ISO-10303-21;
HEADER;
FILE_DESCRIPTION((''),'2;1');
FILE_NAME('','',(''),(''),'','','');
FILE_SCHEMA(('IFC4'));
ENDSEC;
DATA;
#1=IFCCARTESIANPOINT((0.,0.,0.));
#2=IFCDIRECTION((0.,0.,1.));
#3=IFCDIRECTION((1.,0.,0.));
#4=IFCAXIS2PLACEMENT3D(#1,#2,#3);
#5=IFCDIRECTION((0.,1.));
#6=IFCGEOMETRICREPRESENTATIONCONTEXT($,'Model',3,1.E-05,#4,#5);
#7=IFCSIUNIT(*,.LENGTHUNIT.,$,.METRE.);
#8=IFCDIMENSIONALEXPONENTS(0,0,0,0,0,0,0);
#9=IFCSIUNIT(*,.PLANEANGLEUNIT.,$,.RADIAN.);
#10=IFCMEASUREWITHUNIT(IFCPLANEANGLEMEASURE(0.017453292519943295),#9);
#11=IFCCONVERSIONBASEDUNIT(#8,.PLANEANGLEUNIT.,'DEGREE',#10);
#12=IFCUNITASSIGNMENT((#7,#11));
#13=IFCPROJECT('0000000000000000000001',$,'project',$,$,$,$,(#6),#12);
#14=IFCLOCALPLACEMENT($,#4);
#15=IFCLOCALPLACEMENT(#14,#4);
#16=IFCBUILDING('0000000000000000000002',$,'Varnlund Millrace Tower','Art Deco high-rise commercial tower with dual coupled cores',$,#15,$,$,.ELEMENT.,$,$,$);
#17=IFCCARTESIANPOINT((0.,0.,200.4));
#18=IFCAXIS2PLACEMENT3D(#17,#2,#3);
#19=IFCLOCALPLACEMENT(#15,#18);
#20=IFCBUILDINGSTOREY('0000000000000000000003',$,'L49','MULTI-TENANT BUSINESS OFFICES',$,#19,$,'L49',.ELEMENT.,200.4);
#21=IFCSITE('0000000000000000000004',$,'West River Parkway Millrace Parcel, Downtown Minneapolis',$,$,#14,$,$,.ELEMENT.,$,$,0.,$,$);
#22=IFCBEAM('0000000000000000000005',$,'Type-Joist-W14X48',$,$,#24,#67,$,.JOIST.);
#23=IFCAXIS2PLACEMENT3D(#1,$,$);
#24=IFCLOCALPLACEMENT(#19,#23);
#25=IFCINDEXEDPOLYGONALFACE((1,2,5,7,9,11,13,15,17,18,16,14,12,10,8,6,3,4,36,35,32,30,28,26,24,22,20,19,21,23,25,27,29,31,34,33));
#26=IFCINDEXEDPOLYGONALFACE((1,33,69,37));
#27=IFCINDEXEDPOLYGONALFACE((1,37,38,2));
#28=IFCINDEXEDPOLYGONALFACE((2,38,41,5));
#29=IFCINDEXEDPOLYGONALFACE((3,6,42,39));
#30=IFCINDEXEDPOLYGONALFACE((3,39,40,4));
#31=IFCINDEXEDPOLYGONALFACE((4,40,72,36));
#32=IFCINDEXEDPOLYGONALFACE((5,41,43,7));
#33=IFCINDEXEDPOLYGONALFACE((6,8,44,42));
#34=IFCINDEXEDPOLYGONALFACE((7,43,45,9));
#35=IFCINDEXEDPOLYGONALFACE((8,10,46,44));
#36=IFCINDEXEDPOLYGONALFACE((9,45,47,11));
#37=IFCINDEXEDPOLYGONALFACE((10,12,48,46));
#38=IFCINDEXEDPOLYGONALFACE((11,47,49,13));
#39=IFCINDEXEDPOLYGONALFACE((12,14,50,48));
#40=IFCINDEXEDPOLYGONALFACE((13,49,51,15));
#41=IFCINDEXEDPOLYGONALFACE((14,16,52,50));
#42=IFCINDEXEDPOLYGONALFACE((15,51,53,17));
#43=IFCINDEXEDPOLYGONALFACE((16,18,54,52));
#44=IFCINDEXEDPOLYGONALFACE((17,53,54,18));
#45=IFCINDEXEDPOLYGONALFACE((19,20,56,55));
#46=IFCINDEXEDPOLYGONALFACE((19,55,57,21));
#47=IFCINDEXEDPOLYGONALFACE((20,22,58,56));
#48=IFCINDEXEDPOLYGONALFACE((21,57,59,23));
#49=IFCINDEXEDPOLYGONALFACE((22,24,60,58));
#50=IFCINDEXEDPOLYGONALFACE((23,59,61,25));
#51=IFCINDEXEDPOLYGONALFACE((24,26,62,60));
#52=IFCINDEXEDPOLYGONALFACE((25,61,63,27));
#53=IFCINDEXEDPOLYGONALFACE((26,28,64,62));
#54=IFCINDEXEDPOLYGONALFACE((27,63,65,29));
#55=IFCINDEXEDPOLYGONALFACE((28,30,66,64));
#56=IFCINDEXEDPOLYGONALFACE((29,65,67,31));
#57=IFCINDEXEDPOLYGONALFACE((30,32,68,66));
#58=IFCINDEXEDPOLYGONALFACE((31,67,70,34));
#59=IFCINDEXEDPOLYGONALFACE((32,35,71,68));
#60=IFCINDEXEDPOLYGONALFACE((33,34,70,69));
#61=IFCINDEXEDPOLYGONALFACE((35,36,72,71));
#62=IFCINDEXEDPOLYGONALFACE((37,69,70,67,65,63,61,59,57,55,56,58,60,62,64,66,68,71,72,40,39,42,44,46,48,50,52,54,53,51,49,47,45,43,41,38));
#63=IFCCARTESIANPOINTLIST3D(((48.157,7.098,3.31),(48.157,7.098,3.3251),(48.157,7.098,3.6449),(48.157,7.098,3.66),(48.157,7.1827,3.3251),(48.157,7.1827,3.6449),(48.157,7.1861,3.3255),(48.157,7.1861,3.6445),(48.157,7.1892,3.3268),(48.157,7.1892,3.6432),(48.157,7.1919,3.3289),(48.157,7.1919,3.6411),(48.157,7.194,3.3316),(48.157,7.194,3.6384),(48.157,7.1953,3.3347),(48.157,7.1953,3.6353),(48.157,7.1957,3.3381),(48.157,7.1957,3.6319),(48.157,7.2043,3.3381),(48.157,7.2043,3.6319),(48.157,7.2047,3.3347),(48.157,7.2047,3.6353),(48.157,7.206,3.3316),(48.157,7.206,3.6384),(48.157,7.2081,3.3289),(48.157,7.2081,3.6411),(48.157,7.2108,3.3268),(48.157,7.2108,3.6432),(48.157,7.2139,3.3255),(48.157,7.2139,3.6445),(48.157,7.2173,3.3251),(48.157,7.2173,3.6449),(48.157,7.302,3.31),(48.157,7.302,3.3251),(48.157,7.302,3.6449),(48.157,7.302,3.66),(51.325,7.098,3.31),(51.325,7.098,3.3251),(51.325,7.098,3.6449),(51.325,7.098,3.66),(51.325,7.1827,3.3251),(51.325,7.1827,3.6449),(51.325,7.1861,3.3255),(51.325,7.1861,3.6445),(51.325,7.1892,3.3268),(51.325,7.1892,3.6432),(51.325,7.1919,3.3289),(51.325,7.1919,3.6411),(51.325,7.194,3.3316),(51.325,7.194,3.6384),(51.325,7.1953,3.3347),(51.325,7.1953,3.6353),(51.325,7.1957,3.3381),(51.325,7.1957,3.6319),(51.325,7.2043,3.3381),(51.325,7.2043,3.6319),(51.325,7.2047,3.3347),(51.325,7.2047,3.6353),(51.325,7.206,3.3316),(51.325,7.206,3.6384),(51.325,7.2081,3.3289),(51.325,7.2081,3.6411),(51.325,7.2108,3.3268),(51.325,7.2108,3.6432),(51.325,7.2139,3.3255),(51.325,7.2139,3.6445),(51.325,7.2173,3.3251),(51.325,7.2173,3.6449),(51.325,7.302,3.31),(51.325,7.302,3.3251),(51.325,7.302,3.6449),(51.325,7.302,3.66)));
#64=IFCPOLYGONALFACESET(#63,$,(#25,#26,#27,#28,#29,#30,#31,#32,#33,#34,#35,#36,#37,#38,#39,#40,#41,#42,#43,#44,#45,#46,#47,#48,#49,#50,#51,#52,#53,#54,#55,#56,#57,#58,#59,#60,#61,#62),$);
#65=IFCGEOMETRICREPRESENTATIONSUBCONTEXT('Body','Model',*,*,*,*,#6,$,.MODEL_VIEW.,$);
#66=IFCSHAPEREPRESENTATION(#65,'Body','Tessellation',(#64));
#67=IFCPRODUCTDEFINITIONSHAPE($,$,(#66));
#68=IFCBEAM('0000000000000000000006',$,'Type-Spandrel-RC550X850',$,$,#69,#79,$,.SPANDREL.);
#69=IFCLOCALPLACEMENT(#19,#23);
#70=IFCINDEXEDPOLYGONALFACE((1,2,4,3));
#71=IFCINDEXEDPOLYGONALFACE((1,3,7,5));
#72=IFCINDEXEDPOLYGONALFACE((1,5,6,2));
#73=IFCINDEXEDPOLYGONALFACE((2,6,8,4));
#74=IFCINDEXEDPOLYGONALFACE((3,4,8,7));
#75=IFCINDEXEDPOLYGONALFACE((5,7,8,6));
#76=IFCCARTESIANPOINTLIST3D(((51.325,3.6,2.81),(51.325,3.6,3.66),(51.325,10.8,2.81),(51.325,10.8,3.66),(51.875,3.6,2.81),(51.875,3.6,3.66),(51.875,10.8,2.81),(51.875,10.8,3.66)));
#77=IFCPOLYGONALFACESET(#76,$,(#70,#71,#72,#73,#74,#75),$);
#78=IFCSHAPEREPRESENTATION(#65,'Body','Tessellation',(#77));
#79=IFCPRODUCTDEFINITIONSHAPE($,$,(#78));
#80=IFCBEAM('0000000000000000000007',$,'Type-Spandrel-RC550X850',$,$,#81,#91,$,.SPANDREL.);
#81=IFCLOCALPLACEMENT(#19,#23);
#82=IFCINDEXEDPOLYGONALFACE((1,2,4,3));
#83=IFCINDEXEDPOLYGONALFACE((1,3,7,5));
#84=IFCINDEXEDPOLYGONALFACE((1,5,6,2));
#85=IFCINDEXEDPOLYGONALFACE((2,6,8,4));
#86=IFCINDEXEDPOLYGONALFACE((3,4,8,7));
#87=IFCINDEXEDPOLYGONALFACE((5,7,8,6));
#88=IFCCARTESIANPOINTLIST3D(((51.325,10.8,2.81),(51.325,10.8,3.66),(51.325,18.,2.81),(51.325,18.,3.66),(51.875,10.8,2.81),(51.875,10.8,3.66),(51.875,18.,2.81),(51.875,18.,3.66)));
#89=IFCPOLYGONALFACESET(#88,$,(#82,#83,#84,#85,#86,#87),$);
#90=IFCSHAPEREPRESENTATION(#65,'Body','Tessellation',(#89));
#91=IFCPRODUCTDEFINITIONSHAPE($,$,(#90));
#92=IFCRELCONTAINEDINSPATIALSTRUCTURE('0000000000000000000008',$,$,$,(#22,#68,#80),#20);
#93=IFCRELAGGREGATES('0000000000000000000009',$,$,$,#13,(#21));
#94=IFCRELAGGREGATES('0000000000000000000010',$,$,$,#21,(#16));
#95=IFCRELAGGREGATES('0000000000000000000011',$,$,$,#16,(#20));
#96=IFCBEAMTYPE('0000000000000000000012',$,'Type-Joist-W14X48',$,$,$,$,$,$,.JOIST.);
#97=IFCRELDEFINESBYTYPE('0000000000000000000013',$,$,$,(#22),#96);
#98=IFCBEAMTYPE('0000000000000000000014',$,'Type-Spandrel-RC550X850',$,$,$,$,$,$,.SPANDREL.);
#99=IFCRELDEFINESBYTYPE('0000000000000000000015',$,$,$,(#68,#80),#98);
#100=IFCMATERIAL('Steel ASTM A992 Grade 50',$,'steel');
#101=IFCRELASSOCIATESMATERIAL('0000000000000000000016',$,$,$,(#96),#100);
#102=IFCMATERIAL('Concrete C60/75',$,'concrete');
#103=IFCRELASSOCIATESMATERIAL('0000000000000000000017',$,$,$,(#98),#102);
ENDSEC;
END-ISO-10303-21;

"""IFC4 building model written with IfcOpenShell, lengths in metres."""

from ifc_helpers import new_model, entity, si_unit, converted_unit, direction, frame, origin_with_axes, origin_2d_with_axis, place, context, subcontext, project, spatial, rectangle, i_section, extrude, material, material_profile, profile_set, type_object, element, save


model = new_model("IFC4")

# Units and contexts
model_context = context("Model", 3, precision=1e-05, world=origin_with_axes(), true_north=direction((0.0, 1.0)))
body_context = subcontext(model_context, "Body", "Model", "MODEL_VIEW")
ifc_project = project(units=[si_unit("LENGTHUNIT", "METRE"), converted_unit("PLANEANGLEUNIT", "DEGREE", entity("IfcPlaneAngleMeasure", 0.017453292519943295), si_unit("PLANEANGLEUNIT", "RADIAN"), dimensions=[0, 0, 0, 0, 0, 0, 0])], contexts=[model_context])

# Site, building, storey
site_placement = place(None, origin_with_axes())
site = spatial("IfcSite", under=ifc_project, at=site_placement, Name="West River Parkway Millrace Parcel, Downtown Minneapolis", CompositionType="ELEMENT", RefElevation=0.0)
building_placement = place(site_placement, origin_with_axes())
building = spatial("IfcBuilding", under=site, at=building_placement, Name="Varnlund Millrace Tower", Description="Art Deco high-rise commercial tower with dual coupled cores", CompositionType="ELEMENT")
storey_placement = place(building_placement, frame((0.0, 0.0, 200.4), z_axis=(0.0, 0.0, 1.0), x_axis=(1.0, 0.0, 0.0)))
storey = spatial("IfcBuildingStorey", under=building, at=storey_placement, Name="L49", Description="MULTI-TENANT BUSINESS OFFICES", LongName="L49", CompositionType="ELEMENT", Elevation=200.4)

# Beams
ifc_material_1 = material(Name="Steel ASTM A992 Grade 50", Category="steel")
ifc_material_profile_1 = material_profile(ifc_material_1, i_section(OverallWidth=0.204, OverallDepth=0.35, WebThickness=0.0086, FlangeThickness=0.0151, FilletRadius=0.013, at=origin_2d_with_axis()), Name="Steel ASTM A992 Grade 50")
ifc_profile_set_1 = profile_set([ifc_material_profile_1], Name="Steel ASTM A992 Grade 50")
beam_type_1 = type_object("IfcBeamType", Name="Type-Joist-W14X48", PredefinedType="JOIST", material=ifc_profile_set_1)
beam_1_placement = place(storey_placement, frame((48.157, 7.2, 3.485), z_axis=(1.0, 0.0, 0.0), x_axis=(0.0, 1.0, 0.0)))
element("IfcBeam", 1, at=beam_1_placement, inside=storey, type_object=beam_type_1, Name="Type-Joist-W14X48", PredefinedType="JOIST", context=body_context, shape_type="SweptSolid", body=[
    extrude(i_section(OverallWidth=0.204, OverallDepth=0.35, WebThickness=0.0086, FlangeThickness=0.0151, FilletRadius=0.013, at=origin_2d_with_axis()), origin_with_axes(), (0.0, 0.0, 1.0), 3.168),
])
ifc_material_2 = material(Name="Concrete C60/75", Category="concrete")
ifc_material_profile_2 = material_profile(ifc_material_2, rectangle(XDim=0.55, YDim=0.85, at=origin_2d_with_axis()), Name="Concrete C60/75")
ifc_profile_set_2 = profile_set([ifc_material_profile_2], Name="Concrete C60/75")
beam_type_2 = type_object("IfcBeamType", Name="Type-Spandrel-RC550X850", PredefinedType="SPANDREL", material=ifc_profile_set_2)
for number, where, z_axis, x_axis, name in (
    (2, (51.6, 3.6, 3.235), (0.0, 1.0, 0.0), (-1.0, 0.0, 0.0), "Type-Spandrel-RC550X850"),
    (3, (51.6, 10.8, 3.235), (0.0, 1.0, 0.0), (-1.0, 0.0, 0.0), "Type-Spandrel-RC550X850"),
):
    element("IfcBeam", number, at=place(storey_placement, frame(where, z_axis=z_axis, x_axis=x_axis)), inside=storey, type_object=beam_type_2, Name=name, PredefinedType="SPANDREL", context=body_context, shape_type="SweptSolid", body=[
        extrude(rectangle(XDim=0.55, YDim=0.85, at=origin_2d_with_axis()), origin_with_axes(), (0.0, 0.0, 1.0), 7.2),
    ])

save(model, "model.ifc")
